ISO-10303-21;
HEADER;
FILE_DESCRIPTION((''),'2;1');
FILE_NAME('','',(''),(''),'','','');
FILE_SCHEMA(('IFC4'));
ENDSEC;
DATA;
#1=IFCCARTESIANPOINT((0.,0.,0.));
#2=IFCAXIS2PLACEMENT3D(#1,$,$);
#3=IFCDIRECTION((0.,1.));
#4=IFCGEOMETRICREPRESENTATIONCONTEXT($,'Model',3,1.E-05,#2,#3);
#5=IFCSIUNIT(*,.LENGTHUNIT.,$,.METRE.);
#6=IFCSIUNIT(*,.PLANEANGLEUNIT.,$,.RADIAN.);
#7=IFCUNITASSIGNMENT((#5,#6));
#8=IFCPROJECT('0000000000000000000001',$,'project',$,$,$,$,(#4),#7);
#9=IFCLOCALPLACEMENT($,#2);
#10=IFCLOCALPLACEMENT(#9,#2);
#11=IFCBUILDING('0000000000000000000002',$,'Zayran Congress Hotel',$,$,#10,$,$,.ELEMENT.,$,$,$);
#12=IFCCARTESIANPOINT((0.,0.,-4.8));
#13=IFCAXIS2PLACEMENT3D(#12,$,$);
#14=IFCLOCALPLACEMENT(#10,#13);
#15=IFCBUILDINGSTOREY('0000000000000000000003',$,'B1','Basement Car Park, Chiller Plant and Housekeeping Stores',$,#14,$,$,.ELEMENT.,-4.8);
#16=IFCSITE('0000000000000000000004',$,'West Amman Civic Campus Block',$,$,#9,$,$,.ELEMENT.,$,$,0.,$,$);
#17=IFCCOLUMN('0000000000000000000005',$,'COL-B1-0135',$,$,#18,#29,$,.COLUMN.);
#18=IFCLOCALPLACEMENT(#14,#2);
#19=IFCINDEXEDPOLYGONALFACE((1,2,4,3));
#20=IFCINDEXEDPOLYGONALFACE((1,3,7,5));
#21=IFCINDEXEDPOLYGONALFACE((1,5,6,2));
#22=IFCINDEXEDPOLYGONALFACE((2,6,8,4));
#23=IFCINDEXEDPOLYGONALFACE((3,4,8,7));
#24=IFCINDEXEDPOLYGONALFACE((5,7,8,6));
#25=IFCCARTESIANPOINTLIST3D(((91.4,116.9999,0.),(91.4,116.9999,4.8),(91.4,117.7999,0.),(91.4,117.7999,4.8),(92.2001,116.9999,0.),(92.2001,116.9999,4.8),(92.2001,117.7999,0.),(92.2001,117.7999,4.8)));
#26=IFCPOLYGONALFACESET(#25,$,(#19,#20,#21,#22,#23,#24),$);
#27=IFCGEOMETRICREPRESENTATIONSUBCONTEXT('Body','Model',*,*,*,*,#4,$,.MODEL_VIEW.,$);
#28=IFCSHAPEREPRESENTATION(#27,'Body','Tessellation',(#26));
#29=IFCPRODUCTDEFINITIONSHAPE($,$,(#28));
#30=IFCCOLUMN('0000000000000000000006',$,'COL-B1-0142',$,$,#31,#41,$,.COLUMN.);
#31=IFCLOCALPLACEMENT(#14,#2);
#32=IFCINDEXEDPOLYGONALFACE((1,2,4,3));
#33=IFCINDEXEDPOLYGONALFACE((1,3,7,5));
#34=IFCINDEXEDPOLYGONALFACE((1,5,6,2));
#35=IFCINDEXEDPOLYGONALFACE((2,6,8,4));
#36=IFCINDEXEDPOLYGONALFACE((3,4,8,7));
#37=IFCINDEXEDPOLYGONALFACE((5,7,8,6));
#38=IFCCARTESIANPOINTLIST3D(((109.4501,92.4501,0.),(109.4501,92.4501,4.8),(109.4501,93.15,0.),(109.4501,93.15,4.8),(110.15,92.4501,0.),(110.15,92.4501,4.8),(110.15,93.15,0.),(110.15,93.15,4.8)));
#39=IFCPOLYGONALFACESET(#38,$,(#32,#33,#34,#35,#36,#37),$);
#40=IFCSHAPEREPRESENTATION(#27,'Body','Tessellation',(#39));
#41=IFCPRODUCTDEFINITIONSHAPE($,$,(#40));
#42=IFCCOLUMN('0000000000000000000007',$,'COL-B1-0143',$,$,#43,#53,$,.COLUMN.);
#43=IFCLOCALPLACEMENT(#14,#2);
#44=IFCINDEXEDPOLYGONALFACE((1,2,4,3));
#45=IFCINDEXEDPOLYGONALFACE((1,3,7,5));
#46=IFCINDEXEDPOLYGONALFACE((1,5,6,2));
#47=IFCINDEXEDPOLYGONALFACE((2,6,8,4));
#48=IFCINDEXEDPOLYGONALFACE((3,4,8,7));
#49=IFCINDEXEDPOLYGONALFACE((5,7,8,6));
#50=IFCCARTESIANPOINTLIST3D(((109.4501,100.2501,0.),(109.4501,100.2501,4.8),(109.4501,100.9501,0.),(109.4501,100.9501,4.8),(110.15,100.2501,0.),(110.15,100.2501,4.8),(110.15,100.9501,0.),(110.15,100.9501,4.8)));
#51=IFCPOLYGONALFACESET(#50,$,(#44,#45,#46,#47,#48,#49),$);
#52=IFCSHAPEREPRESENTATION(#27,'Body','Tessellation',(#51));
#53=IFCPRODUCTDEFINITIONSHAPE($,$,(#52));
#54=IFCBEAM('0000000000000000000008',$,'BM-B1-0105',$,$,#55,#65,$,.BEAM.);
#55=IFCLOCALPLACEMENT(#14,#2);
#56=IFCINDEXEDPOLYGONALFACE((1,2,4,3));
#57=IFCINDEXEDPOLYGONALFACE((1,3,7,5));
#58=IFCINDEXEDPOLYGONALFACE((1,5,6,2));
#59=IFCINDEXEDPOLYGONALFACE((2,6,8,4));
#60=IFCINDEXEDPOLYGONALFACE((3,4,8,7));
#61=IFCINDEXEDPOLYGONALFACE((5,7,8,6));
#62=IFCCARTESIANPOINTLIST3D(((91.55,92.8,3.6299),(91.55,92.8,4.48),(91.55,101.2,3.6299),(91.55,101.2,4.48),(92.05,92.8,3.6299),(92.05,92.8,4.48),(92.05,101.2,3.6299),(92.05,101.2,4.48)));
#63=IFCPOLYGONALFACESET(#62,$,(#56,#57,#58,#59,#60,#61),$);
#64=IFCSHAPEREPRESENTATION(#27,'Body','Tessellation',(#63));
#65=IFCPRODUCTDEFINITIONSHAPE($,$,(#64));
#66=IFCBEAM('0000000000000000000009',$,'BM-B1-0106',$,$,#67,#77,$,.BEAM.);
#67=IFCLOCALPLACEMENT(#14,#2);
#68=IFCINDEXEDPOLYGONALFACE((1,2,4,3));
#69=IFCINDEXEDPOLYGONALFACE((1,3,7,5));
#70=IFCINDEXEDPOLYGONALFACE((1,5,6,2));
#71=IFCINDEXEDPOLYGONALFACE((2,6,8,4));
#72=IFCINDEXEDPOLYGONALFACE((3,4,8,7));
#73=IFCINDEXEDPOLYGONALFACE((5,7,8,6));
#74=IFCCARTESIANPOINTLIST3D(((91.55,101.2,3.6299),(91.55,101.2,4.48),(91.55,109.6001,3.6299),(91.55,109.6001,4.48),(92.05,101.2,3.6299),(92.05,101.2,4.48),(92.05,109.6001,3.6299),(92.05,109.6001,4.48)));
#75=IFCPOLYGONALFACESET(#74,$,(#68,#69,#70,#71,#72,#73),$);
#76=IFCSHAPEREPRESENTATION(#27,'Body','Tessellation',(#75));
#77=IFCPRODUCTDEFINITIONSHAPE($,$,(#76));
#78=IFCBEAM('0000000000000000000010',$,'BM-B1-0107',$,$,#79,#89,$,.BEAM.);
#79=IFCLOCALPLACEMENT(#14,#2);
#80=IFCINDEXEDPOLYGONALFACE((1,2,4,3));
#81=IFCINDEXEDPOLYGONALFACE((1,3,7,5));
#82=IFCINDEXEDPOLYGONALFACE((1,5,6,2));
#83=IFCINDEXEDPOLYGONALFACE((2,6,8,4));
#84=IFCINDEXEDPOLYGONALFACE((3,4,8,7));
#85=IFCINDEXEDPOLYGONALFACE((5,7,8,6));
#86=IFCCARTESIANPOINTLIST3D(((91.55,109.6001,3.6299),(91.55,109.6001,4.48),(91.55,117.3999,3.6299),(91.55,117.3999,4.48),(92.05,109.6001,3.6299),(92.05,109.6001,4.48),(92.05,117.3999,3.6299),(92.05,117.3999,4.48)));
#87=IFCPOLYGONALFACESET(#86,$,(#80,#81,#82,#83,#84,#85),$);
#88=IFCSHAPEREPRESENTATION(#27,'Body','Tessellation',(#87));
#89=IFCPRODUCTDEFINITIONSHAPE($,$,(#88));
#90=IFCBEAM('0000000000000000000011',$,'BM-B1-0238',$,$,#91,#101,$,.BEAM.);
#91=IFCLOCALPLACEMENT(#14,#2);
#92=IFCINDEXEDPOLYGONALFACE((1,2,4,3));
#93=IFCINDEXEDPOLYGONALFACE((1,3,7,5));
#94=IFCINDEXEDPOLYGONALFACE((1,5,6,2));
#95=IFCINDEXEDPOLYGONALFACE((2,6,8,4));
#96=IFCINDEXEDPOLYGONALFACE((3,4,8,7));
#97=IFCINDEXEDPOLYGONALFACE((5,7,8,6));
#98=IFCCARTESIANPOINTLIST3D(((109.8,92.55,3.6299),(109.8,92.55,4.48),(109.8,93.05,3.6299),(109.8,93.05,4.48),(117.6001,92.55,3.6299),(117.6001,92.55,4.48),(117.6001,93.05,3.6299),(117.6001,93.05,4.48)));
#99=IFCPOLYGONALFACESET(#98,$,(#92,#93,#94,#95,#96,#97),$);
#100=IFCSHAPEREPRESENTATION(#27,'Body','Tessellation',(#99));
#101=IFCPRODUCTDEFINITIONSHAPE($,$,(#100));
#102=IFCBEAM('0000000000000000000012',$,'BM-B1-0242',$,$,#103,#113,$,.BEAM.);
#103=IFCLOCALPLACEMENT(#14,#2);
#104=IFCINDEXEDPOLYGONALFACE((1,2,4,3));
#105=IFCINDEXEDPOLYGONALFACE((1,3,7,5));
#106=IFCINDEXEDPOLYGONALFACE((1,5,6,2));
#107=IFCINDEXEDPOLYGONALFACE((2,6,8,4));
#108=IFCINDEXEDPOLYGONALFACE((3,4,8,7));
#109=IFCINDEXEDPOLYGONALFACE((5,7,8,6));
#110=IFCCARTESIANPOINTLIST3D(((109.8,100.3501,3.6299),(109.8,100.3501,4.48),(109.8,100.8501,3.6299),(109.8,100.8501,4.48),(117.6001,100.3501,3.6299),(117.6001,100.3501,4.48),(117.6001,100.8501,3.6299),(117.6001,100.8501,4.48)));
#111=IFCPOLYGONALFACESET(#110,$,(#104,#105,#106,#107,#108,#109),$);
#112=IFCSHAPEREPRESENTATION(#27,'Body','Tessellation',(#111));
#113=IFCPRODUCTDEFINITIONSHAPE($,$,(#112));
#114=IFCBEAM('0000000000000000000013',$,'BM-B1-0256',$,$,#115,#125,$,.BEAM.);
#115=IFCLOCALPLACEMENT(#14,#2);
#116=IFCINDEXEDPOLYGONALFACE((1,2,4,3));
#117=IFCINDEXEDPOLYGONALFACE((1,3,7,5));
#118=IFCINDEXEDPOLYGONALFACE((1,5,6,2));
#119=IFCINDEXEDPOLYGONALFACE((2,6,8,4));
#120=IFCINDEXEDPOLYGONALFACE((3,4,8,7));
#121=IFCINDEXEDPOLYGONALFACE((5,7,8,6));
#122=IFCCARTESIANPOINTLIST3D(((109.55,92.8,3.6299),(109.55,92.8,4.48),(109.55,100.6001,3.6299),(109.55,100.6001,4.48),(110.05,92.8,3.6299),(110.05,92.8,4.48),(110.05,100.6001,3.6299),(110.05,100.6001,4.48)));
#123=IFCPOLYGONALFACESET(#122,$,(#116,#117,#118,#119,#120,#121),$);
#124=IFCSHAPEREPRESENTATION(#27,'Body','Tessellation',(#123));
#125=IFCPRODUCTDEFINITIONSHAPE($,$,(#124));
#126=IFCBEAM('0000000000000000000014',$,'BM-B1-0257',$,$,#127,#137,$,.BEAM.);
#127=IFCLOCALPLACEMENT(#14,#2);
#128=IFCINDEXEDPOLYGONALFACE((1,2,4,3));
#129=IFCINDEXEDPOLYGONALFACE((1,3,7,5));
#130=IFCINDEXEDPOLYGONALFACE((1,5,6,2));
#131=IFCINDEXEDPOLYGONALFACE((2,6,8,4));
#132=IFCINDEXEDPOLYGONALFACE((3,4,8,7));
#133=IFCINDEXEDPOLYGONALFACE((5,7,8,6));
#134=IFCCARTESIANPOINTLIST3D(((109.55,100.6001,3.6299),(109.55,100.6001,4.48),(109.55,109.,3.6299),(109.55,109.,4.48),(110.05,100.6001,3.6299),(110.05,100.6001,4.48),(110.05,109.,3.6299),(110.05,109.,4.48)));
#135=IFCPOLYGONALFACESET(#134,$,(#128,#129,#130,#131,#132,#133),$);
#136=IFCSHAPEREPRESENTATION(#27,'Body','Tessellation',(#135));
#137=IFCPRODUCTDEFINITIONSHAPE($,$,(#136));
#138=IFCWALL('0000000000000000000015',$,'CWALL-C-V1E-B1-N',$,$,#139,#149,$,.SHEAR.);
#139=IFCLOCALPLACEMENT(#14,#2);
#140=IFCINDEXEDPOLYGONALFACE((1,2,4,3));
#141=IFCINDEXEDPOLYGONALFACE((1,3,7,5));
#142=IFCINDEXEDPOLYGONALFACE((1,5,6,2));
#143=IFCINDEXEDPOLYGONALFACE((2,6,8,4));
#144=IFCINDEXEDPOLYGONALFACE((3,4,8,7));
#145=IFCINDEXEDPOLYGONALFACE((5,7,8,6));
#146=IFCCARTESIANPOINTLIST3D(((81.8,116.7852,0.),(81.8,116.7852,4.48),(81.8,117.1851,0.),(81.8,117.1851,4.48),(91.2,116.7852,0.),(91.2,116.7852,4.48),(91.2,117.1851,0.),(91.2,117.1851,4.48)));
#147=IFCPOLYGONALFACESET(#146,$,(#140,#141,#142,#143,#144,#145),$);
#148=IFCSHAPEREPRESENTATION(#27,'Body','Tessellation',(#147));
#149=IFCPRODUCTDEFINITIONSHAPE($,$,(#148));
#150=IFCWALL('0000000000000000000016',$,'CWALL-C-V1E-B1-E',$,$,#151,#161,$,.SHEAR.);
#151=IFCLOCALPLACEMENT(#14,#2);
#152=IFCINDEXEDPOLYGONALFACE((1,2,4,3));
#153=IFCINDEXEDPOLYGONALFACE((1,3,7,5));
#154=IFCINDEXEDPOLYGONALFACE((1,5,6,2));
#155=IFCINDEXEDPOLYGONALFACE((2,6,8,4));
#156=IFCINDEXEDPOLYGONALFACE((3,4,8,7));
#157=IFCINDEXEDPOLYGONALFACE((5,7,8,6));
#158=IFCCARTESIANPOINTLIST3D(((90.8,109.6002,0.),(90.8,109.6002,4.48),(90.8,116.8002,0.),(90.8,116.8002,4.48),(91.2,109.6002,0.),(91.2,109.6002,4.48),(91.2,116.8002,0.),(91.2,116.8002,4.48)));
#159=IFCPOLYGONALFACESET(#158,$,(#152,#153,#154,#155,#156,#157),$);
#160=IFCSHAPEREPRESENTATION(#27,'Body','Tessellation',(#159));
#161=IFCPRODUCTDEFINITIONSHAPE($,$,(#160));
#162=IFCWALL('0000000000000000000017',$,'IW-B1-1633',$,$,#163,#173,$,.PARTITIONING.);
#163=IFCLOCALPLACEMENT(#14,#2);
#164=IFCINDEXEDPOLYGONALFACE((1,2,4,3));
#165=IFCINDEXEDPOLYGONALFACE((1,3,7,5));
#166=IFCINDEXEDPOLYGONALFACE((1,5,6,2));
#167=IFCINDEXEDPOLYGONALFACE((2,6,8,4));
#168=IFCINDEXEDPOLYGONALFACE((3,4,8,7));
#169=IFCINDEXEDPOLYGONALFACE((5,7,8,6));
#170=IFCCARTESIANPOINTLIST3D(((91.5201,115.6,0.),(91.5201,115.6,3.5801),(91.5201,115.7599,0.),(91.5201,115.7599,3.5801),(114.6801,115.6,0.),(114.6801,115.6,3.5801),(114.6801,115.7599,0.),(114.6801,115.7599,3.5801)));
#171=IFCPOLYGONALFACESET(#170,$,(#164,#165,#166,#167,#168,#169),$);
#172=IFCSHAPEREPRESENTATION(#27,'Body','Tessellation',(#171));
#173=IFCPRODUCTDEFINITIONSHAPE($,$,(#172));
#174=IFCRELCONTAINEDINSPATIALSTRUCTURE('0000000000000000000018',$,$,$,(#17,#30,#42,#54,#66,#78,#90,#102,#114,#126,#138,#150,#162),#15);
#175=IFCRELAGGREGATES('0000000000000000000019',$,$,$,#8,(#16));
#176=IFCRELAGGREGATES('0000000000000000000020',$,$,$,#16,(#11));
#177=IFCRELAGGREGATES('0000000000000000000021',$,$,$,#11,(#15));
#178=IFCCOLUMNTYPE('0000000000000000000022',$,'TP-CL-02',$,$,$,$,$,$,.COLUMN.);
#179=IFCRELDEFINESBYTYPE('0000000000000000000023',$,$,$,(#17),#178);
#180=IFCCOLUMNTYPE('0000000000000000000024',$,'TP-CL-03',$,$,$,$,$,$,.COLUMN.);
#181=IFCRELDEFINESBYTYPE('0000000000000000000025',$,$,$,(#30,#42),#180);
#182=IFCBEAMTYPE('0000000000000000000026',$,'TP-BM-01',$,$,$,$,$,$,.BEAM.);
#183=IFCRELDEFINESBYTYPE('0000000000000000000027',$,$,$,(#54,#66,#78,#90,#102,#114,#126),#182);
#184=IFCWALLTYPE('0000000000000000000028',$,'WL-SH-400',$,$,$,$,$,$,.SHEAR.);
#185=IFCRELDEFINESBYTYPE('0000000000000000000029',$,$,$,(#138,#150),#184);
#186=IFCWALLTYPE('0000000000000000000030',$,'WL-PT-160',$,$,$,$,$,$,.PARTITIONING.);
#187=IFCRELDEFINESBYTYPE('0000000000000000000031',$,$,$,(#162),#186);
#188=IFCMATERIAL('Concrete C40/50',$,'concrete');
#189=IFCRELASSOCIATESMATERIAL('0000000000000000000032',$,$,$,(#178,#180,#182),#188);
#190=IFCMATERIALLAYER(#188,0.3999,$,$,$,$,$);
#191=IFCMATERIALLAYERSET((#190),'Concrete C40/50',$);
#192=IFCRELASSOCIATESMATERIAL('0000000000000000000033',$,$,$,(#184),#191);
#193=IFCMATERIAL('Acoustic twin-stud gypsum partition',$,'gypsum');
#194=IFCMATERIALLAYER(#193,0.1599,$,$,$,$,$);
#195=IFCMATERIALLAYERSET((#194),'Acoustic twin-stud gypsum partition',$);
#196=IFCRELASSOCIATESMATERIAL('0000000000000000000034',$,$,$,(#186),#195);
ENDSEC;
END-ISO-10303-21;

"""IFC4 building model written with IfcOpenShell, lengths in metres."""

from ifc_helpers import new_model, si_unit, direction, frame, frame_2d, origin, origin_2d, place, context, subcontext, project, spatial, rectangle, extrude, material, layer, layer_set, material_profile, profile_set, type_object, element, save


model = new_model("IFC4")

# Units and contexts
model_context = context("Model", 3, precision=1e-05, world=origin(), true_north=direction((0.0, 1.0)))
body_context = subcontext(model_context, "Body", "Model", "MODEL_VIEW")
ifc_project = project(units=[si_unit("LENGTHUNIT", "METRE"), si_unit("PLANEANGLEUNIT", "RADIAN")], contexts=[model_context])

# Site, building, storey
site_placement = place(None, origin())
site = spatial("IfcSite", under=ifc_project, at=site_placement, Name="West Amman Civic Campus Block", CompositionType="ELEMENT", RefElevation=0.0)
building_placement = place(site_placement, origin())
building = spatial("IfcBuilding", under=site, at=building_placement, Name="Zayran Congress Hotel", CompositionType="ELEMENT")
storey_placement = place(building_placement, frame((0.0, 0.0, -4.8)))
storey = spatial("IfcBuildingStorey", under=building, at=storey_placement, Name="B1", Description="Basement Car Park, Chiller Plant and Housekeeping Stores", CompositionType="ELEMENT", Elevation=-4.8)

# Shared definitions
ifc_material_1 = material(Name="Concrete C40/50", Category="concrete")

# Columns
ifc_material_profile_1 = material_profile(ifc_material_1, rectangle(XDim=0.8, YDim=0.8, at=origin_2d()), Name="RC 800x800")
ifc_profile_set_1 = profile_set([ifc_material_profile_1], Name="Concrete C40/50")
column_type_1 = type_object("IfcColumnType", Name="TP-CL-02", PredefinedType="COLUMN", material=ifc_profile_set_1)
for number, where, z_axis, x_axis, name in (
    (1, (91.8, 117.3999, 0.0), (0.0, 0.0, 1.0), (1.0, 0.0, 0.0), "COL-B1-0135"),
):
    element("IfcColumn", number, at=place(storey_placement, frame(where, z_axis=z_axis, x_axis=x_axis)), inside=storey, type_object=column_type_1, Name=name, PredefinedType="COLUMN", context=body_context, shape_type="SweptSolid", body=[
        extrude(rectangle(XDim=0.8, YDim=0.8, at=origin_2d()), origin(), (0.0, 0.0, 1.0), 4.8),
    ])
ifc_material_profile_2 = material_profile(ifc_material_1, rectangle(XDim=0.7, YDim=0.7, at=origin_2d()), Name="RC 700x700")
ifc_profile_set_2 = profile_set([ifc_material_profile_2], Name="Concrete C40/50")
column_type_2 = type_object("IfcColumnType", Name="TP-CL-03", PredefinedType="COLUMN", material=ifc_profile_set_2)
for number, where, z_axis, x_axis, name in (
    (2, (109.8, 92.8, 0.0), (0.0, 0.0, 1.0), (1.0, 0.0, 0.0), "COL-B1-0142"),
    (3, (109.8, 100.6001, 0.0), (0.0, 0.0, 1.0), (1.0, 0.0, 0.0), "COL-B1-0143"),
):
    element("IfcColumn", number, at=place(storey_placement, frame(where, z_axis=z_axis, x_axis=x_axis)), inside=storey, type_object=column_type_2, Name=name, PredefinedType="COLUMN", context=body_context, shape_type="SweptSolid", body=[
        extrude(rectangle(XDim=0.7, YDim=0.7, at=origin_2d()), origin(), (0.0, 0.0, 1.0), 4.8),
    ])

# Beams
ifc_material_profile_3 = material_profile(ifc_material_1, rectangle(XDim=0.5, YDim=0.8501, at=origin_2d()), Name="RC 500x850")
ifc_profile_set_3 = profile_set([ifc_material_profile_3], Name="Concrete C40/50")
beam_type = type_object("IfcBeamType", Name="TP-BM-01", PredefinedType="BEAM", material=ifc_profile_set_3)
beam_1_placement = place(storey_placement, frame((91.8, 92.8, 4.0549), z_axis=(0.0, 1.0, 0.0), x_axis=(-1.0, 0.0, 0.0)))
element("IfcBeam", 4, at=beam_1_placement, inside=storey, type_object=beam_type, Name="BM-B1-0105", PredefinedType="BEAM", context=body_context, shape_type="SweptSolid", body=[
    extrude(rectangle(XDim=0.5, YDim=0.8501, at=origin_2d()), origin(), (0.0, 0.0, 1.0), 8.3999),
])
beam_2_placement = place(storey_placement, frame((91.8, 101.2, 4.0549), z_axis=(0.0, 1.0, 0.0), x_axis=(-1.0, 0.0, 0.0)))
element("IfcBeam", 5, at=beam_2_placement, inside=storey, type_object=beam_type, Name="BM-B1-0106", PredefinedType="BEAM", context=body_context, shape_type="SweptSolid", body=[
    extrude(rectangle(XDim=0.5, YDim=0.8501, at=origin_2d()), origin(), (0.0, 0.0, 1.0), 8.4001),
])
beam_3_placement = place(storey_placement, frame((91.8, 109.6001, 4.0549), z_axis=(0.0, 1.0, 0.0), x_axis=(-1.0, 0.0, 0.0)))
element("IfcBeam", 6, at=beam_3_placement, inside=storey, type_object=beam_type, Name="BM-B1-0107", PredefinedType="BEAM", context=body_context, shape_type="SweptSolid", body=[
    extrude(rectangle(XDim=0.5, YDim=0.8501, at=origin_2d()), origin(), (0.0, 0.0, 1.0), 7.7998),
])
for number, where, z_axis, x_axis, name in (
    (7, (109.8, 92.8, 4.0549), (1.0, 0.0, 0.0), (0.0, 1.0, 0.0), "BM-B1-0238"),
    (8, (109.8, 100.6001, 4.0549), (1.0, 0.0, 0.0), (0.0, 1.0, 0.0), "BM-B1-0242"),
    (9, (109.8, 92.8, 4.0549), (0.0, 1.0, 0.0), (-1.0, 0.0, 0.0), "BM-B1-0256"),
):
    element("IfcBeam", number, at=place(storey_placement, frame(where, z_axis=z_axis, x_axis=x_axis)), inside=storey, type_object=beam_type, Name=name, PredefinedType="BEAM", context=body_context, shape_type="SweptSolid", body=[
        extrude(rectangle(XDim=0.5, YDim=0.8501, at=origin_2d()), origin(), (0.0, 0.0, 1.0), 7.8),
    ])
beam_4_placement = place(storey_placement, frame((109.8, 100.6001, 4.0549), z_axis=(0.0, 1.0, 0.0), x_axis=(-1.0, 0.0, 0.0)))
element("IfcBeam", 10, at=beam_4_placement, inside=storey, type_object=beam_type, Name="BM-B1-0257", PredefinedType="BEAM", context=body_context, shape_type="SweptSolid", body=[
    extrude(rectangle(XDim=0.5, YDim=0.8501, at=origin_2d()), origin(), (0.0, 0.0, 1.0), 8.3999),
])

# Walls
ifc_layer_1 = layer(ifc_material_1, 0.3999)
ifc_layer_set_1 = layer_set([ifc_layer_1], Name="Concrete C40/50")
wall_type_1 = type_object("IfcWallType", Name="WL-SH-400", PredefinedType="SHEAR", material=ifc_layer_set_1)
wall_1_placement = place(storey_placement, frame((91.2, 116.9851, 0.0), z_axis=(0.0, 0.0, 1.0), x_axis=(-1.0, 0.0, 0.0)))
element("IfcWall", 11, at=wall_1_placement, inside=storey, type_object=wall_type_1, Name="CWALL-C-V1E-B1-N", PredefinedType="SHEAR", context=body_context, shape_type="SweptSolid", body=[
    extrude(rectangle(XDim=9.3999, YDim=0.3999, at=frame_2d((4.7, 0.0))), origin(), (0.0, 0.0, 1.0), 4.48),
])
wall_2_placement = place(storey_placement, frame((91.0, 109.6001, 0.0), z_axis=(0.0, 0.0, 1.0), x_axis=(0.0, 1.0, 0.0)))
element("IfcWall", 12, at=wall_2_placement, inside=storey, type_object=wall_type_1, Name="CWALL-C-V1E-B1-E", PredefinedType="SHEAR", context=body_context, shape_type="SweptSolid", body=[
    extrude(rectangle(XDim=7.2, YDim=0.3999, at=frame_2d((3.6001, 0.0))), origin(), (0.0, 0.0, 1.0), 4.48),
])
ifc_material_2 = material(Name="Acoustic twin-stud gypsum partition", Category="gypsum")
ifc_layer_2 = layer(ifc_material_2, 0.1599)
ifc_layer_set_2 = layer_set([ifc_layer_2], Name="Acoustic twin-stud gypsum partition")
wall_type_2 = type_object("IfcWallType", Name="WL-PT-160", PredefinedType="PARTITIONING", material=ifc_layer_set_2)
wall_3_placement = place(storey_placement, frame((91.52, 115.6799, 0.0), z_axis=(0.0, 0.0, 1.0), x_axis=(1.0, 0.0, 0.0)))
element("IfcWall", 13, at=wall_3_placement, inside=storey, type_object=wall_type_2, Name="IW-B1-1633", PredefinedType="PARTITIONING", context=body_context, shape_type="SweptSolid", body=[
    extrude(rectangle(XDim=23.1599, YDim=0.1599, at=frame_2d((11.5801, 0.0))), origin(), (0.0, 0.0, 1.0), 3.5801),
])

save(model, "model.ifc")
